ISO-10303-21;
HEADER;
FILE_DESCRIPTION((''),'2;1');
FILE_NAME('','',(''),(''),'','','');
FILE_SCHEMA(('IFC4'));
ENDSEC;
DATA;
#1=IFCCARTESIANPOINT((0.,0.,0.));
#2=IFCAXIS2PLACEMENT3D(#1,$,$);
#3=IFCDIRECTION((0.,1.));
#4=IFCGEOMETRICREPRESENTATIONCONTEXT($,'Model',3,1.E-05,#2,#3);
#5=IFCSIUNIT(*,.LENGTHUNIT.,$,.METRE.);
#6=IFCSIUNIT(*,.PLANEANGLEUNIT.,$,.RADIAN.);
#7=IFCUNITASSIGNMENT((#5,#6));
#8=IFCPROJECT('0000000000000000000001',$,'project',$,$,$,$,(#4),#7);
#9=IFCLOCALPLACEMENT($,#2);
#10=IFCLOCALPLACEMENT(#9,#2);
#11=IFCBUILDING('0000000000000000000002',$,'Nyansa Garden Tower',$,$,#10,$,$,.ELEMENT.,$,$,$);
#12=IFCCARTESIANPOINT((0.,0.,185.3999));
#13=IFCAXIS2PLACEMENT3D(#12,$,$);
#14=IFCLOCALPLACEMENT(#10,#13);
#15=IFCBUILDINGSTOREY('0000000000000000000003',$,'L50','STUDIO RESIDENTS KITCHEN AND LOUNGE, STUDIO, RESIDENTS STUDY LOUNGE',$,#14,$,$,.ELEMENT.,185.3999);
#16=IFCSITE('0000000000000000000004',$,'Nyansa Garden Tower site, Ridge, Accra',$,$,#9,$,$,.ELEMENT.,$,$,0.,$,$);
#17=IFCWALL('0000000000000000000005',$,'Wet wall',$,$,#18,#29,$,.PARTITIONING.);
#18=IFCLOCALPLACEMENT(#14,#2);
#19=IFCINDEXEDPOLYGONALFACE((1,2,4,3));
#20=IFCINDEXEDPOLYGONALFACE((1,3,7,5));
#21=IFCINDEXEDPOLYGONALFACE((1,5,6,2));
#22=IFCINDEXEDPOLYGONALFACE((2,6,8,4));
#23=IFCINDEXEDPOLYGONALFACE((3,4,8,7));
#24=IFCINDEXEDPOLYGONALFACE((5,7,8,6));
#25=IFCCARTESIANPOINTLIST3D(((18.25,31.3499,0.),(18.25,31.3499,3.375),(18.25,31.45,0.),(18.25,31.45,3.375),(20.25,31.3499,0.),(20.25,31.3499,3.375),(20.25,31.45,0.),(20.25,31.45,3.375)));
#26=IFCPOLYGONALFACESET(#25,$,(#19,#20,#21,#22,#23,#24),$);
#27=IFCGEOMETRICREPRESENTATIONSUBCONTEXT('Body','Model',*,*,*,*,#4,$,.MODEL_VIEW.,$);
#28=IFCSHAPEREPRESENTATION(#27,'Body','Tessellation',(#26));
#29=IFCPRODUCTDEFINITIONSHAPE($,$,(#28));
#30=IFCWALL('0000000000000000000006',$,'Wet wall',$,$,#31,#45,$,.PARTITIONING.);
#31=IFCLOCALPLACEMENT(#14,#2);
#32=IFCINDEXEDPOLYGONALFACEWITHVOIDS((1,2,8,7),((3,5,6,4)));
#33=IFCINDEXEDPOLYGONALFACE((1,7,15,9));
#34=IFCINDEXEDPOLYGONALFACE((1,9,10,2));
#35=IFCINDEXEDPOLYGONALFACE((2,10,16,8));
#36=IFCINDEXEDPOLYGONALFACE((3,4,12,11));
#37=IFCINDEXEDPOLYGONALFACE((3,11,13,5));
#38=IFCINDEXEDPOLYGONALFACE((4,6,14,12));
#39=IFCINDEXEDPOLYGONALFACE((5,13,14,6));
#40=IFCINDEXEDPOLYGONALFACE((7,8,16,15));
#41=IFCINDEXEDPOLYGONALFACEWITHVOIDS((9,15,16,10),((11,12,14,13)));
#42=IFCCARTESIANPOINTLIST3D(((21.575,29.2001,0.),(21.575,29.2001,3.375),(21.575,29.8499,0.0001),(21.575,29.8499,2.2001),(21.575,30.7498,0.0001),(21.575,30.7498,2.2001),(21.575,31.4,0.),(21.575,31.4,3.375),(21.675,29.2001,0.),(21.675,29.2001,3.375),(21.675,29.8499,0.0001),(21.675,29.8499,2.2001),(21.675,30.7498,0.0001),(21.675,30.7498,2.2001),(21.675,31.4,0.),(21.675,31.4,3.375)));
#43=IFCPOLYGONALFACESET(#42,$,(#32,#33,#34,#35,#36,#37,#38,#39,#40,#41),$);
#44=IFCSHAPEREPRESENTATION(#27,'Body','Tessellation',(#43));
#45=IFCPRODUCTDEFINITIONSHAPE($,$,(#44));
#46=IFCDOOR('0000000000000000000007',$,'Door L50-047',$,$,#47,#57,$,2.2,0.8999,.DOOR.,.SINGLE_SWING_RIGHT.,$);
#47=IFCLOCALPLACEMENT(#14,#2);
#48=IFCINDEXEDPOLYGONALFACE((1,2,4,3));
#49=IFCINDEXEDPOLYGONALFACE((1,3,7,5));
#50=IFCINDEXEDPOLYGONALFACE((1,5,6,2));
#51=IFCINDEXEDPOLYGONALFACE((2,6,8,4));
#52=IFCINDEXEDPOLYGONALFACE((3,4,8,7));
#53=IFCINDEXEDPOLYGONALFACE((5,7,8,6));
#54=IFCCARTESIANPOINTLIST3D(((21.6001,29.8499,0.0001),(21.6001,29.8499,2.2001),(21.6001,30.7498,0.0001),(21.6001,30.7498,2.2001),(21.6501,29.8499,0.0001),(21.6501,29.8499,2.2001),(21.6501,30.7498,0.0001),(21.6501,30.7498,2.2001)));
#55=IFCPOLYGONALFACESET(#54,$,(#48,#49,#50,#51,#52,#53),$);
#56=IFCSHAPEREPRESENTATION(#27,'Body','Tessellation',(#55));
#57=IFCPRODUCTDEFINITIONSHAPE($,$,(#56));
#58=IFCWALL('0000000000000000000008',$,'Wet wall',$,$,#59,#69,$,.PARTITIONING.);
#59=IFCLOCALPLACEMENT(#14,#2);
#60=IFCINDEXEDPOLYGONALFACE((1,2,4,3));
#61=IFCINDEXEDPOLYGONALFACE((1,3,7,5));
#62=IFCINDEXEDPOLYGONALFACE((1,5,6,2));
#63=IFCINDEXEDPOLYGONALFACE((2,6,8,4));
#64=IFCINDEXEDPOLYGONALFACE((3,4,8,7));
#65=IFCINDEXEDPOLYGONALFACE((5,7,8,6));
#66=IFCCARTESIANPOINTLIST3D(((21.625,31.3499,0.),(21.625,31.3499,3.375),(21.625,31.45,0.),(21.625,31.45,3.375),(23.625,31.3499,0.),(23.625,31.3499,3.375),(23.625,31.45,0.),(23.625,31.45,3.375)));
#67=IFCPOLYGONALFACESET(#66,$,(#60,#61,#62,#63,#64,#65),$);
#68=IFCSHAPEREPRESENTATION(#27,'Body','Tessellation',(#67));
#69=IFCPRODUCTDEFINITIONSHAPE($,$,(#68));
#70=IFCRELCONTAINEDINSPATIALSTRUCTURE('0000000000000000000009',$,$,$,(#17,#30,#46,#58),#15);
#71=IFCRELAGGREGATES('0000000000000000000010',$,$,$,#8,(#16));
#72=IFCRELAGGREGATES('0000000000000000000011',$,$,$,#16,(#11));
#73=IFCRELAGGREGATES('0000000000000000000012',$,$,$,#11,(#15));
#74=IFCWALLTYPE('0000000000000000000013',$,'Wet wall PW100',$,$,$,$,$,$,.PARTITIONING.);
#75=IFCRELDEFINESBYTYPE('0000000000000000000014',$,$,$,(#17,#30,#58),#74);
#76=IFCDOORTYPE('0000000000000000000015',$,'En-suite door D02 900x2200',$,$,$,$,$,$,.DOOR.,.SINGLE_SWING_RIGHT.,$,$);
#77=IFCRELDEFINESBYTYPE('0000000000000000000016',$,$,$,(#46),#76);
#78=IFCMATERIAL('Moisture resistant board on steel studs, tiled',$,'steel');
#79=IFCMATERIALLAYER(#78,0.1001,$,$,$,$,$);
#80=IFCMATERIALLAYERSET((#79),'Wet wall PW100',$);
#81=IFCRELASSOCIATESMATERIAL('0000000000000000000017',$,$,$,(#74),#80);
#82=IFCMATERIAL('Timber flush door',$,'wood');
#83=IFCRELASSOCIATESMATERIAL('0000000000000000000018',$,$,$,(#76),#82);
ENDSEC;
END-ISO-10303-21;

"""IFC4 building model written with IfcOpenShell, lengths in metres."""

from ifc_helpers import new_model, si_unit, direction, frame, frame_2d, origin, place, context, subcontext, project, spatial, rectangle, extrude, material, layer, layer_set, type_object, element, fill, save


model = new_model("IFC4")

# Units and contexts
model_context = context("Model", 3, precision=1e-05, world=origin(), true_north=direction((0.0, 1.0)))
body_context = subcontext(model_context, "Body", "Model", "MODEL_VIEW")
ifc_project = project(units=[si_unit("LENGTHUNIT", "METRE"), si_unit("PLANEANGLEUNIT", "RADIAN")], contexts=[model_context])

# Site, building, storey
site_placement = place(None, origin())
site = spatial("IfcSite", under=ifc_project, at=site_placement, Name="Nyansa Garden Tower site, Ridge, Accra", CompositionType="ELEMENT", RefElevation=0.0)
building_placement = place(site_placement, origin())
building = spatial("IfcBuilding", under=site, at=building_placement, Name="Nyansa Garden Tower", CompositionType="ELEMENT")
storey_placement = place(building_placement, frame((0.0, 0.0, 185.3999)))
storey = spatial("IfcBuildingStorey", under=building, at=storey_placement, Name="L50", Description="STUDIO RESIDENTS KITCHEN AND LOUNGE, STUDIO, RESIDENTS STUDY LOUNGE", CompositionType="ELEMENT", Elevation=185.3999)

# Shared definitions
ifc_material_1 = material(Name="Moisture resistant board on steel studs, tiled", Category="steel")
ifc_layer_1 = layer(ifc_material_1, 0.1001)
ifc_layer_set_1 = layer_set([ifc_layer_1], Name="Wet wall PW100")
wall_type_1 = type_object("IfcWallType", Name="Wet wall PW100", PredefinedType="PARTITIONING", material=ifc_layer_set_1)
ifc_material_2 = material(Name="Timber flush door", Category="wood")
door_type = type_object("IfcDoorType", Name="En-suite door D02 900x2200", OperationType="SINGLE_SWING_RIGHT", PredefinedType="DOOR", material=ifc_material_2)

# Wall
wall_1_placement = place(storey_placement, frame((18.25, 31.3999, 0.0), z_axis=(0.0, 0.0, 1.0), x_axis=(1.0, 0.0, 0.0)))
element("IfcWall", 1, at=wall_1_placement, inside=storey, type_object=wall_type_1, Name="Wet wall", PredefinedType="PARTITIONING", context=body_context, shape_type="SweptSolid", body=[
    extrude(rectangle(XDim=2.0, YDim=0.1001, at=frame_2d((1.0, 0.0))), origin(), (0.0, 0.0, 1.0), 3.375),
])

# Wall, opening, door
wall_2_placement = place(storey_placement, frame((21.625, 29.2, 0.0), z_axis=(0.0, 0.0, 1.0), x_axis=(0.0, 1.0, 0.0)))
wall_2 = element("IfcWall", 2, at=wall_2_placement, inside=storey, type_object=wall_type_1, Name="Wet wall", PredefinedType="PARTITIONING", context=body_context, shape_type="SweptSolid", body=[
    extrude(rectangle(XDim=2.2, YDim=0.1001, at=frame_2d((1.1001, 0.0))), origin(), (0.0, 0.0, 1.0), 3.375),
])
opening_1_placement = place(wall_2_placement, frame((0.6499, 0.0, 0.0)))
opening_1 = element("IfcOpeningElement", 3, at=opening_1_placement, cuts=wall_2, PredefinedType="OPENING", context=body_context, shape_type="SweptSolid", body=[
    extrude(rectangle(XDim=0.8999, YDim=2.2, at=frame_2d((0.45, 1.1001))), frame((0.0, 0.0601, 0.0), z_axis=(0.0, -1.0, 0.0), x_axis=(1.0, 0.0, 0.0)), (0.0, 0.0, 1.0), 0.1201),
])
door_1_placement = place(opening_1_placement, origin())
door_1 = element("IfcDoor", 4, at=door_1_placement, inside=storey, type_object=door_type, Name="Door L50-047", OperationType="SINGLE_SWING_RIGHT", OverallHeight=2.2, OverallWidth=0.8999, PredefinedType="DOOR", context=body_context, shape_type="SweptSolid", body=[
    extrude(rectangle(XDim=0.8999, YDim=2.2, at=frame_2d((0.45, 1.1001))), frame((0.0, 0.0249, 0.0), z_axis=(0.0, -1.0, 0.0), x_axis=(1.0, 0.0, 0.0)), (0.0, 0.0, 1.0), 0.05),
])
fill(opening_1, door_1)

# Wall
wall_3_placement = place(storey_placement, frame((21.625, 31.3999, 0.0), z_axis=(0.0, 0.0, 1.0), x_axis=(1.0, 0.0, 0.0)))
element("IfcWall", 5, at=wall_3_placement, inside=storey, type_object=wall_type_1, Name="Wet wall", PredefinedType="PARTITIONING", context=body_context, shape_type="SweptSolid", body=[
    extrude(rectangle(XDim=2.0, YDim=0.1001, at=frame_2d((1.0, 0.0))), origin(), (0.0, 0.0, 1.0), 3.375),
])

save(model, "model.ifc")
